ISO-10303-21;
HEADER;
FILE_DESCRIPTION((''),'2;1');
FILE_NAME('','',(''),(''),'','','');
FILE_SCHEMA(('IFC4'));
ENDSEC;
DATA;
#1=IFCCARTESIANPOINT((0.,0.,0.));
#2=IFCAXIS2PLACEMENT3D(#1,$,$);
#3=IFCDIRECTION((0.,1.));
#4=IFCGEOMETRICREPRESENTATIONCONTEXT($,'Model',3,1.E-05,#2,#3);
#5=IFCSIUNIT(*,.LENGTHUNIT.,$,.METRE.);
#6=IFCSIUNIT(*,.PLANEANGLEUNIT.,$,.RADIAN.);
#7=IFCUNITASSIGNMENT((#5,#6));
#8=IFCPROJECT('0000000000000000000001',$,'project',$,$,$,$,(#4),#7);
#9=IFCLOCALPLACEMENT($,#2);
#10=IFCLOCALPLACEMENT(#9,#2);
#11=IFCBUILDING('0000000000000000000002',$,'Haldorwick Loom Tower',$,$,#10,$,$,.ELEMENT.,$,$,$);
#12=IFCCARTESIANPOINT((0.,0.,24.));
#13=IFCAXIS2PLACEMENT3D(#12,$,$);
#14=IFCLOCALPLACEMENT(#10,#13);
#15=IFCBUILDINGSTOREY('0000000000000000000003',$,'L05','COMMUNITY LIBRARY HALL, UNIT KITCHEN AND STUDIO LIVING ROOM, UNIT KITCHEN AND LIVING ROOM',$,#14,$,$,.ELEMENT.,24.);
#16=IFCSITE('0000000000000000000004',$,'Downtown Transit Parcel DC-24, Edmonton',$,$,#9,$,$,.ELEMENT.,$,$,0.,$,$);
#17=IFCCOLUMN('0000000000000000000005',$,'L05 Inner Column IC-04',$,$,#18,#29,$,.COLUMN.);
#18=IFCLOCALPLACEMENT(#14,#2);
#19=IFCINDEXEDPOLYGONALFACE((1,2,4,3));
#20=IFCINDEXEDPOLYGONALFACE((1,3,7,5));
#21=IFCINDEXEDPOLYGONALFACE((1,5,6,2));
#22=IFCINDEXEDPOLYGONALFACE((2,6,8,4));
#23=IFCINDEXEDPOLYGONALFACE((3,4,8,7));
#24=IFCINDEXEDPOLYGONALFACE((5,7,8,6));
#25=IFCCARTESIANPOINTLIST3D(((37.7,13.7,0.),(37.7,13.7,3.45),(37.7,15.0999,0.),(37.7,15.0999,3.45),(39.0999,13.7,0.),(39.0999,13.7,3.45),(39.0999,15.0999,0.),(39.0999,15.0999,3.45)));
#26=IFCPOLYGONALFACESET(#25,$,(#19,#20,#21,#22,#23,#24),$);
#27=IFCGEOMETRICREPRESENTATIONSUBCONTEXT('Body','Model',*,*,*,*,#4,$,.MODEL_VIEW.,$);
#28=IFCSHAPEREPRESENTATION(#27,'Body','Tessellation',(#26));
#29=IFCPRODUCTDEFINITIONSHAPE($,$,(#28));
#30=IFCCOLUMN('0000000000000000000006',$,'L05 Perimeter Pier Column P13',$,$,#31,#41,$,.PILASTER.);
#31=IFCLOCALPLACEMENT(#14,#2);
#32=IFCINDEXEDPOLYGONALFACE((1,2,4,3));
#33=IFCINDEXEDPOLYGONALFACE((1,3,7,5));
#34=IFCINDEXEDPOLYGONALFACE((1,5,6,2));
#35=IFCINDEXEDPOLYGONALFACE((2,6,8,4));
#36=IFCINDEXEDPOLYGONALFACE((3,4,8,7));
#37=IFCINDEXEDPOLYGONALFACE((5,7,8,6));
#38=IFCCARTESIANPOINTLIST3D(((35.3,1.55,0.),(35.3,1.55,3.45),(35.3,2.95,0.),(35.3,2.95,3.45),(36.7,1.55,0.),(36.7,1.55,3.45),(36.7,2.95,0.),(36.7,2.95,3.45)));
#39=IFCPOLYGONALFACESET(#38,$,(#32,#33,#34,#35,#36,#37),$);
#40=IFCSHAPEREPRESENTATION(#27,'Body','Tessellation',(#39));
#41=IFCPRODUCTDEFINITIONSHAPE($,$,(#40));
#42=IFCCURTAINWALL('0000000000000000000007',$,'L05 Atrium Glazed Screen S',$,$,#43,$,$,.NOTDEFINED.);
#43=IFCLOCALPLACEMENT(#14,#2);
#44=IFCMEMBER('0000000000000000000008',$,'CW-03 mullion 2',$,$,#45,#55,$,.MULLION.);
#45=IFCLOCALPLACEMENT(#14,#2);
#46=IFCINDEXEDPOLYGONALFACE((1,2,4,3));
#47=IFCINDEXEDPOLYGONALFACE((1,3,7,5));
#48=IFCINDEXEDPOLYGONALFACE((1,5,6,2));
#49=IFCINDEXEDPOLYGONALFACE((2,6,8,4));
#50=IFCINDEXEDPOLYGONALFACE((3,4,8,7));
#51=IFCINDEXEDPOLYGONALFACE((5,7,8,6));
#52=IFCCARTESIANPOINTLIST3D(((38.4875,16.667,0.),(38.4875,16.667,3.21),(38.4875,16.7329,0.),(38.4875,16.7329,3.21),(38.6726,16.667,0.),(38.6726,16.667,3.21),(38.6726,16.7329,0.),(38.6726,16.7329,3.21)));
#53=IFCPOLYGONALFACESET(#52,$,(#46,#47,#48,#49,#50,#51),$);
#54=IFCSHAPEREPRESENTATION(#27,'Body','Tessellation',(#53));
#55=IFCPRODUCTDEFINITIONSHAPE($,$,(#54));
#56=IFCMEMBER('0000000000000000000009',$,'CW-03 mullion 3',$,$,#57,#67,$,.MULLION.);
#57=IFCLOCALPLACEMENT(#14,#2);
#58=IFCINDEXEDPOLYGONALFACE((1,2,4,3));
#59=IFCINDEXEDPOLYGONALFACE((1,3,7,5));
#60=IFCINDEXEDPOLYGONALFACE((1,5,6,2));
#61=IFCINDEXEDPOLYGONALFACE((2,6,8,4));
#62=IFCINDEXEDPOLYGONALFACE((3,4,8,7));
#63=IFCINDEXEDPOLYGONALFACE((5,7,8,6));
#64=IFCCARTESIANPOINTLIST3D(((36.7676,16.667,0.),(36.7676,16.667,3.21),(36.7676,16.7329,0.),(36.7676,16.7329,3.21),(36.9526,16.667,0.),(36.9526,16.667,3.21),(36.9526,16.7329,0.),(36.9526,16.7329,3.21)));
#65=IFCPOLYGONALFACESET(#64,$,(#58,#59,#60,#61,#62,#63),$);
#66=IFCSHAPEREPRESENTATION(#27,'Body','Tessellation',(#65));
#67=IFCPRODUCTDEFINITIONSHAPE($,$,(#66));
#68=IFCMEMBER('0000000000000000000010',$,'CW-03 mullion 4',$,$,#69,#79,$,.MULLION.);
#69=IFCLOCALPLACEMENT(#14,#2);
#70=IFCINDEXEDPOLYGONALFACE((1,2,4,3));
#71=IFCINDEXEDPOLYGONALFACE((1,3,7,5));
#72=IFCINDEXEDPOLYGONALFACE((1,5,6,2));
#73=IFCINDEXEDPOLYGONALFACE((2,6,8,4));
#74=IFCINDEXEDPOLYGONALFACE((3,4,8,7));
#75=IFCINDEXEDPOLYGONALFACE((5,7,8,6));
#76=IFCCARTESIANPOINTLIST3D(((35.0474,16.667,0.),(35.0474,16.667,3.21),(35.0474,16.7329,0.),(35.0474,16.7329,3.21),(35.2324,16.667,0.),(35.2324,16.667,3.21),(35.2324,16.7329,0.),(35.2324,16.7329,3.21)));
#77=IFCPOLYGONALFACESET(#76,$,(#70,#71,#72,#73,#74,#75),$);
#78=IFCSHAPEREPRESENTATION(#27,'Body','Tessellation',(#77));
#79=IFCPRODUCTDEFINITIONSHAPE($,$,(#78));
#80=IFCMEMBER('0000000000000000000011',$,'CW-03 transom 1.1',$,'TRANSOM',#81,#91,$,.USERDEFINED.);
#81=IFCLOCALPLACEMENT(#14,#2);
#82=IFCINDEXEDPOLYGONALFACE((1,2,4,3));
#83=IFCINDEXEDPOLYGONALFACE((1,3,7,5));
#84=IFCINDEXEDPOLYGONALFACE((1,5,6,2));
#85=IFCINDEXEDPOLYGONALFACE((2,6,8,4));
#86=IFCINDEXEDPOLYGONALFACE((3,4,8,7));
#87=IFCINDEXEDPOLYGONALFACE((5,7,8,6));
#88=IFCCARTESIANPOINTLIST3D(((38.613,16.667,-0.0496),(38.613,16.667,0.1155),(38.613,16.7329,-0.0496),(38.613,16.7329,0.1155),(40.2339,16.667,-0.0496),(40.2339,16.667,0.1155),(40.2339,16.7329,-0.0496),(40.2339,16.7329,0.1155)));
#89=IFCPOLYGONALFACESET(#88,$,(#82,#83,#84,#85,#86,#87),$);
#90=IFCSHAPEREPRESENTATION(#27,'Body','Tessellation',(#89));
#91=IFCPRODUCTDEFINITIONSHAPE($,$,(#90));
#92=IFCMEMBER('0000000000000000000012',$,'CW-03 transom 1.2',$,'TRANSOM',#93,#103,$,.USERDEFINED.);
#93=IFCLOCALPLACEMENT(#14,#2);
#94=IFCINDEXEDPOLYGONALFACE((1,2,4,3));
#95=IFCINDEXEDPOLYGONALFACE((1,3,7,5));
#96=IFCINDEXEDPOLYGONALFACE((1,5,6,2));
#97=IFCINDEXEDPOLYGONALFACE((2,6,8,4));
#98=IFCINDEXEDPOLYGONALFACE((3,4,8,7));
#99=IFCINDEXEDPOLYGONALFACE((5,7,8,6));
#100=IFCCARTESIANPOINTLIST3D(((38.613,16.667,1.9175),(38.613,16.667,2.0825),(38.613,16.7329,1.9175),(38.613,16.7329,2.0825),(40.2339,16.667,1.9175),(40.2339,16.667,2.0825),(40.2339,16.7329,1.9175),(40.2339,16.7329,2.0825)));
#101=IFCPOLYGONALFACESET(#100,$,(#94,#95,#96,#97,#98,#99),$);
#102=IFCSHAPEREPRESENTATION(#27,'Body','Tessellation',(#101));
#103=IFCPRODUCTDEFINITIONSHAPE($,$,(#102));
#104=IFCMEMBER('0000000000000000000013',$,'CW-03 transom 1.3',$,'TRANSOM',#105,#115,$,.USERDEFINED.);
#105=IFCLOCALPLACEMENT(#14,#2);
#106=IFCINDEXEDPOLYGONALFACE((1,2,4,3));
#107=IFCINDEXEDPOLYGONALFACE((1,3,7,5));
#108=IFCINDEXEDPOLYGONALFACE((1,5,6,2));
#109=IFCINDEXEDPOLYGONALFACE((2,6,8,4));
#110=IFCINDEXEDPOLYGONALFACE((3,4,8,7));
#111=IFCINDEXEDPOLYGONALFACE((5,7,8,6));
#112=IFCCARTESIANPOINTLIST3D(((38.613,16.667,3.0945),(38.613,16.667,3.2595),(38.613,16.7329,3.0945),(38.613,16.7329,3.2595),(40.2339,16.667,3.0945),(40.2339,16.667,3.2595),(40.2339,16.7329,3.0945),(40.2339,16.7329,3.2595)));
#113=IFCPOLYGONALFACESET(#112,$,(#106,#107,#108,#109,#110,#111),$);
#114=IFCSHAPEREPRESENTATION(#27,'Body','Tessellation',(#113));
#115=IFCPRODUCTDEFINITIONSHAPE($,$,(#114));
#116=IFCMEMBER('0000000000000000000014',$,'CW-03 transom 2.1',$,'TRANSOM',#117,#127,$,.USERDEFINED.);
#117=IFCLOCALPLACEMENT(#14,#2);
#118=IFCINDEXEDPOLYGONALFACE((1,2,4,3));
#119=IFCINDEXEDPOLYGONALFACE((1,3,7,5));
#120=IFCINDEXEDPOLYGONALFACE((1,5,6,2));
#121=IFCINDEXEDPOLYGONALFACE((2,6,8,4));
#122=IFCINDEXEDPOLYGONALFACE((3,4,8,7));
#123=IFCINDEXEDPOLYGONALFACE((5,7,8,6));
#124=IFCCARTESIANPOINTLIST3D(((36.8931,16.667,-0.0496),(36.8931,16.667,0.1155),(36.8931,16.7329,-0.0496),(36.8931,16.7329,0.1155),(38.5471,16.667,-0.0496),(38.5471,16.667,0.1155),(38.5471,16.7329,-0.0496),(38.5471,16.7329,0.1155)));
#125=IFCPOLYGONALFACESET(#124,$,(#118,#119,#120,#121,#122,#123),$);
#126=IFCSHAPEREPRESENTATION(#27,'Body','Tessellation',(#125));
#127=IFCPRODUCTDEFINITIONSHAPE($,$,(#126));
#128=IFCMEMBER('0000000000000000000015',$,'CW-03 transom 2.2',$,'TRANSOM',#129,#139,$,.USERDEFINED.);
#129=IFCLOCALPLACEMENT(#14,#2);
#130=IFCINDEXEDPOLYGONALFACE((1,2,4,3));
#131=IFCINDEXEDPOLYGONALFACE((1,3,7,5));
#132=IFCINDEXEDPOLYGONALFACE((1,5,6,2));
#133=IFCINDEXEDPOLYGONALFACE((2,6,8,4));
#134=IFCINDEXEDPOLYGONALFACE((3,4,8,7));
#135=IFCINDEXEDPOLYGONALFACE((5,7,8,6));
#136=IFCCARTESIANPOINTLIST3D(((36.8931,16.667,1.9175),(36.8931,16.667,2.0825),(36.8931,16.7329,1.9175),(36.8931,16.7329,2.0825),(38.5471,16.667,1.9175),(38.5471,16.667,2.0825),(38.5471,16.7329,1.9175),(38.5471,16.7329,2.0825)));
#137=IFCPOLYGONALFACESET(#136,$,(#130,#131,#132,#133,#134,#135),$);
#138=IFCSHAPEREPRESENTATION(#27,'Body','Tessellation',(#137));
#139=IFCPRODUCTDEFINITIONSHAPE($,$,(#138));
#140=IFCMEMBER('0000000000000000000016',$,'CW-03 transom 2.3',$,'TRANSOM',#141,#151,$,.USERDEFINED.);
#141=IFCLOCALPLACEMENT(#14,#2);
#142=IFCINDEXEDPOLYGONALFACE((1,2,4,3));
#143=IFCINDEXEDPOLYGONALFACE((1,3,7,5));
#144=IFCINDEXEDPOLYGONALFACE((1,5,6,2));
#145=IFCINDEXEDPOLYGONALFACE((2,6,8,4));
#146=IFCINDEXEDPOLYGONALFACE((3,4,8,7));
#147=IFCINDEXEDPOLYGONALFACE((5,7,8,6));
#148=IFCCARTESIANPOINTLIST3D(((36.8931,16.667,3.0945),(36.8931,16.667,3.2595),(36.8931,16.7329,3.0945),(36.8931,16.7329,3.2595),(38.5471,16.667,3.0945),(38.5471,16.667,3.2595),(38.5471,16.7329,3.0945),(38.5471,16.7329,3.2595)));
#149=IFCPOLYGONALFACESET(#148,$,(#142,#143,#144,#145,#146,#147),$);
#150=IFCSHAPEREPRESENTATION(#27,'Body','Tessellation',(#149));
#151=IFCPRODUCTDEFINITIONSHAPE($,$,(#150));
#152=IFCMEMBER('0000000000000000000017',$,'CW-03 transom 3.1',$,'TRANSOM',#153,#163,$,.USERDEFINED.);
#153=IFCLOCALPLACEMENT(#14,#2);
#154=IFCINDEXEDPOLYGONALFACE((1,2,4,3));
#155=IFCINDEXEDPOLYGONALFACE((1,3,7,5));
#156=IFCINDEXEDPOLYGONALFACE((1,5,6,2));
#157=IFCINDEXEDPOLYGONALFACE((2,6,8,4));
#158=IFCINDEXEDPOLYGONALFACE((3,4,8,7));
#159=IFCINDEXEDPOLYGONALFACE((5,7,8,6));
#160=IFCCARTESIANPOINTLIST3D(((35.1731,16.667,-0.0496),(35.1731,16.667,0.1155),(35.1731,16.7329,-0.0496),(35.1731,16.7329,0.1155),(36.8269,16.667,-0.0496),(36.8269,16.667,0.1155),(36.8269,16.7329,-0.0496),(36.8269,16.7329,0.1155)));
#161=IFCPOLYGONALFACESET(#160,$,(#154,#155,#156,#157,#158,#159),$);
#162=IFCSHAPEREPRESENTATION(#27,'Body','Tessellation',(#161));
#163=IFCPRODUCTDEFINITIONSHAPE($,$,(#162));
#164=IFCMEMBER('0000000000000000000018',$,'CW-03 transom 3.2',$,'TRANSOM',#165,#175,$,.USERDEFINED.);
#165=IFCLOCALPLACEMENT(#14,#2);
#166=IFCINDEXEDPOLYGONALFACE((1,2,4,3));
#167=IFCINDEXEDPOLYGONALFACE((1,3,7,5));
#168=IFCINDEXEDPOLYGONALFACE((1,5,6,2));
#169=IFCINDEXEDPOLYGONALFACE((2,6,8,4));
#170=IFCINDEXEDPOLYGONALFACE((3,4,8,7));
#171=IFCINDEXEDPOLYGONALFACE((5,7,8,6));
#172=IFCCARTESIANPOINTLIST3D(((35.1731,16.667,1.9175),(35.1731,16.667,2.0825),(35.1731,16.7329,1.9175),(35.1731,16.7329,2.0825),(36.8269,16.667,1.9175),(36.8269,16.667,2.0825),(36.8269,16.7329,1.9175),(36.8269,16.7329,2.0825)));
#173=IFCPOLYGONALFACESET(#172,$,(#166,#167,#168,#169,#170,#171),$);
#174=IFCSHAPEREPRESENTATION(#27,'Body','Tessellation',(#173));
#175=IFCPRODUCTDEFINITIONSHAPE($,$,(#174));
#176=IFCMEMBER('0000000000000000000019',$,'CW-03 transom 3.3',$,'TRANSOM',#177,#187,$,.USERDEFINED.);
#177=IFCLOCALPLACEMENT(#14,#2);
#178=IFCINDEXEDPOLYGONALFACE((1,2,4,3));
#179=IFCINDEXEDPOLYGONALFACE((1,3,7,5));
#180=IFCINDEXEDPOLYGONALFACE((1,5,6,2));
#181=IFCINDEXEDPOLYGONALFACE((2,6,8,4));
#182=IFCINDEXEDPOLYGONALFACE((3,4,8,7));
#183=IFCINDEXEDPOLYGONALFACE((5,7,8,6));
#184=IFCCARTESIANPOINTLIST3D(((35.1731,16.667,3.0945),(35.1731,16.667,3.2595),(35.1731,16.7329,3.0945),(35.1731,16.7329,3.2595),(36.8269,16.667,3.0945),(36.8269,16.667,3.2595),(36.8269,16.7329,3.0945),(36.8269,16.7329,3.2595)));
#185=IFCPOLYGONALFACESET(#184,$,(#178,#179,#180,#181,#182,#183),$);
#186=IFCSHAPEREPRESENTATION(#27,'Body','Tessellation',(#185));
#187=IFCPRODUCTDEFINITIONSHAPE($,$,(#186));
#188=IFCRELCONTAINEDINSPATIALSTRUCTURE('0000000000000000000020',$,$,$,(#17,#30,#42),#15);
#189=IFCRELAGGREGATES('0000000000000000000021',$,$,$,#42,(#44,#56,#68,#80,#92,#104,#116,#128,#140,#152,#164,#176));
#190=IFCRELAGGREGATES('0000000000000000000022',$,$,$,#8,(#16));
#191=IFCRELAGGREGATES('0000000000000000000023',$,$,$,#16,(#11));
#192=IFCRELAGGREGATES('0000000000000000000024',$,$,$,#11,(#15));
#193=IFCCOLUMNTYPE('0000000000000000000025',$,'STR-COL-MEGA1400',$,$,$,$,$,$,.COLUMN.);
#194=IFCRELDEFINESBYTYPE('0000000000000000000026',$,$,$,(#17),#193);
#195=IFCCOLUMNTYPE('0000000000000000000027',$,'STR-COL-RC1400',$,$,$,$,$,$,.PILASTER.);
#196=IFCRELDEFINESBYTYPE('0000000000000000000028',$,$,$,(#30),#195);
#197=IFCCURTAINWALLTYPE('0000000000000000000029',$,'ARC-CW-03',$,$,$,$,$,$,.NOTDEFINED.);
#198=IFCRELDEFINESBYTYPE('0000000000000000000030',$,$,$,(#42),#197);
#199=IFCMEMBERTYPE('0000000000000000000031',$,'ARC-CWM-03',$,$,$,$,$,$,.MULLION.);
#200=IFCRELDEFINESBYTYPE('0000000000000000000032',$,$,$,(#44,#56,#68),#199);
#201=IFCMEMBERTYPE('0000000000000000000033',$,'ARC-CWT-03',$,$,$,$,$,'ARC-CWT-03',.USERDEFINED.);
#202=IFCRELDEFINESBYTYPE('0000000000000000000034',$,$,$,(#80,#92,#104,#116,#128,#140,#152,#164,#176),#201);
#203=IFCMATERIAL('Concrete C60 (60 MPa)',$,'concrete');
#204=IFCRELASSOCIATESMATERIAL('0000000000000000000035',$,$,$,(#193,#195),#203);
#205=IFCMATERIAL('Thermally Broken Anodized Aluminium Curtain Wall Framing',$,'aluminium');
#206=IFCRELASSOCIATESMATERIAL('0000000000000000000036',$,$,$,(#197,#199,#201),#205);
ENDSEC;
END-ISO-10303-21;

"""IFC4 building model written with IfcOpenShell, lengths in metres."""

from ifc_helpers import new_model, si_unit, direction, frame, origin, origin_2d, place, context, subcontext, project, spatial, rectangle, extrude, material, material_profile, profile_set, type_object, element, aggregate, save


model = new_model("IFC4")

# Units and contexts
model_context = context("Model", 3, precision=1e-05, world=origin(), true_north=direction((0.0, 1.0)))
body_context = subcontext(model_context, "Body", "Model", "MODEL_VIEW")
ifc_project = project(units=[si_unit("LENGTHUNIT", "METRE"), si_unit("PLANEANGLEUNIT", "RADIAN")], contexts=[model_context])

# Site, building, storey
site_placement = place(None, origin())
site = spatial("IfcSite", under=ifc_project, at=site_placement, Name="Downtown Transit Parcel DC-24, Edmonton", CompositionType="ELEMENT", RefElevation=0.0)
building_placement = place(site_placement, origin())
building = spatial("IfcBuilding", under=site, at=building_placement, Name="Haldorwick Loom Tower", CompositionType="ELEMENT")
storey_placement = place(building_placement, frame((0.0, 0.0, 24.0)))
storey = spatial("IfcBuildingStorey", under=building, at=storey_placement, Name="L05", Description="COMMUNITY LIBRARY HALL, UNIT KITCHEN AND STUDIO LIVING ROOM, UNIT KITCHEN AND LIVING ROOM", CompositionType="ELEMENT", Elevation=24.0)

# Columns
ifc_material_1 = material(Name="Concrete C60 (60 MPa)", Category="concrete")
ifc_material_profile_1 = material_profile(ifc_material_1, rectangle(XDim=1.3999, YDim=1.3999, at=origin_2d()), Name="RC1400X1400", Category="concrete")
ifc_profile_set_1 = profile_set([ifc_material_profile_1], Name="Concrete C60 (60 MPa)")
column_type_1 = type_object("IfcColumnType", Name="STR-COL-MEGA1400", PredefinedType="COLUMN", material=ifc_profile_set_1)
column_1_placement = place(storey_placement, frame((38.3999, 14.3999, 0.0), z_axis=(0.0, 0.0, 1.0), x_axis=(1.0, 0.0, 0.0)))
element("IfcColumn", 1, at=column_1_placement, inside=storey, type_object=column_type_1, Name="L05 Inner Column IC-04", PredefinedType="COLUMN", context=body_context, shape_type="SweptSolid", body=[
    extrude(rectangle(XDim=1.3999, YDim=1.3999, at=origin_2d()), origin(), (0.0, 0.0, 1.0), 3.45),
])
ifc_material_profile_2 = material_profile(ifc_material_1, rectangle(XDim=1.3999, YDim=1.3999, at=origin_2d()), Name="RC1400X1400", Category="concrete")
ifc_profile_set_2 = profile_set([ifc_material_profile_2], Name="Concrete C60 (60 MPa)")
column_type_2 = type_object("IfcColumnType", Name="STR-COL-RC1400", PredefinedType="PILASTER", material=ifc_profile_set_2)
column_2_placement = place(storey_placement, frame((36.0, 2.25, 0.0), z_axis=(0.0, 0.0, 1.0), x_axis=(0.0, -1.0, 0.0)))
element("IfcColumn", 2, at=column_2_placement, inside=storey, type_object=column_type_2, Name="L05 Perimeter Pier Column P13", PredefinedType="PILASTER", context=body_context, shape_type="SweptSolid", body=[
    extrude(rectangle(XDim=1.3999, YDim=1.3999, at=origin_2d()), origin(), (0.0, 0.0, 1.0), 3.45),
])

# Curtain wall, members
ifc_material_2 = material(Name="Thermally Broken Anodized Aluminium Curtain Wall Framing", Category="aluminium")
curtain_wall_type = type_object("IfcCurtainWallType", Name="ARC-CW-03", PredefinedType="NOTDEFINED", material=ifc_material_2)
curtain_wall_placement = place(storey_placement, origin())
curtain_wall = element("IfcCurtainWall", 3, at=curtain_wall_placement, inside=storey, type_object=curtain_wall_type, Name="L05 Atrium Glazed Screen S", PredefinedType="NOTDEFINED")
ifc_material_profile_3 = material_profile(ifc_material_2, rectangle(XDim=0.0659, YDim=0.1851, at=origin_2d()), Name="ALU_MUL_66X185", Category="aluminium")
ifc_profile_set_3 = profile_set([ifc_material_profile_3], Name="Thermally Broken Anodized Aluminium Curtain Wall Framing")
member_type_1 = type_object("IfcMemberType", Name="ARC-CWM-03", PredefinedType="MULLION", material=ifc_profile_set_3)
member_1_placement = place(storey_placement, frame((38.5801, 16.7, 0.0), z_axis=(0.0, 0.0, 1.0), x_axis=(0.0, -1.0, 0.0)))
member_1 = element("IfcMember", 4, at=member_1_placement, type_object=member_type_1, Name="CW-03 mullion 2", PredefinedType="MULLION", context=body_context, shape_type="SweptSolid", body=[
    extrude(rectangle(XDim=0.0659, YDim=0.1851, at=origin_2d()), origin(), (0.0, 0.0, 1.0), 3.21),
])
member_2_placement = place(storey_placement, frame((36.8601, 16.7, 0.0), z_axis=(0.0, 0.0, 1.0), x_axis=(0.0, -1.0, 0.0)))
member_2 = element("IfcMember", 5, at=member_2_placement, type_object=member_type_1, Name="CW-03 mullion 3", PredefinedType="MULLION", context=body_context, shape_type="SweptSolid", body=[
    extrude(rectangle(XDim=0.0659, YDim=0.1851, at=origin_2d()), origin(), (0.0, 0.0, 1.0), 3.21),
])
member_3_placement = place(storey_placement, frame((35.1399, 16.7, 0.0), z_axis=(0.0, 0.0, 1.0), x_axis=(0.0, -1.0, 0.0)))
member_3 = element("IfcMember", 6, at=member_3_placement, type_object=member_type_1, Name="CW-03 mullion 4", PredefinedType="MULLION", context=body_context, shape_type="SweptSolid", body=[
    extrude(rectangle(XDim=0.0659, YDim=0.1851, at=origin_2d()), origin(), (0.0, 0.0, 1.0), 3.21),
])
ifc_material_profile_4 = material_profile(ifc_material_2, rectangle(XDim=0.0659, YDim=0.165, at=origin_2d()), Name="ALU_TRN_66X165", Category="aluminium")
ifc_profile_set_4 = profile_set([ifc_material_profile_4], Name="Thermally Broken Anodized Aluminium Curtain Wall Framing")
member_type_2 = type_object("IfcMemberType", Name="ARC-CWT-03", ElementType="ARC-CWT-03", PredefinedType="USERDEFINED", material=ifc_profile_set_4)
member_4_placement = place(storey_placement, frame((40.2339, 16.7, 0.033), z_axis=(-1.0, 0.0, 0.0), x_axis=(0.0, -1.0, 0.0)))
member_4 = element("IfcMember", 7, at=member_4_placement, type_object=member_type_2, Name="CW-03 transom 1.1", ObjectType="TRANSOM", PredefinedType="USERDEFINED", context=body_context, shape_type="SweptSolid", body=[
    extrude(rectangle(XDim=0.0659, YDim=0.165, at=origin_2d()), origin(), (0.0, 0.0, 1.0), 1.6208),
])
member_5_placement = place(storey_placement, frame((40.2339, 16.7, 2.0), z_axis=(-1.0, 0.0, 0.0), x_axis=(0.0, -1.0, 0.0)))
member_5 = element("IfcMember", 8, at=member_5_placement, type_object=member_type_2, Name="CW-03 transom 1.2", ObjectType="TRANSOM", PredefinedType="USERDEFINED", context=body_context, shape_type="SweptSolid", body=[
    extrude(rectangle(XDim=0.0659, YDim=0.165, at=origin_2d()), origin(), (0.0, 0.0, 1.0), 1.6208),
])
member_6_placement = place(storey_placement, frame((40.2339, 16.7, 3.177), z_axis=(-1.0, 0.0, 0.0), x_axis=(0.0, -1.0, 0.0)))
member_6 = element("IfcMember", 9, at=member_6_placement, type_object=member_type_2, Name="CW-03 transom 1.3", ObjectType="TRANSOM", PredefinedType="USERDEFINED", context=body_context, shape_type="SweptSolid", body=[
    extrude(rectangle(XDim=0.0659, YDim=0.165, at=origin_2d()), origin(), (0.0, 0.0, 1.0), 1.6208),
])
member_7_placement = place(storey_placement, frame((38.5471, 16.7, 0.033), z_axis=(-1.0, 0.0, 0.0), x_axis=(0.0, -1.0, 0.0)))
member_7 = element("IfcMember", 10, at=member_7_placement, type_object=member_type_2, Name="CW-03 transom 2.1", ObjectType="TRANSOM", PredefinedType="USERDEFINED", context=body_context, shape_type="SweptSolid", body=[
    extrude(rectangle(XDim=0.0659, YDim=0.165, at=origin_2d()), origin(), (0.0, 0.0, 1.0), 1.6541),
])
member_8_placement = place(storey_placement, frame((38.5471, 16.7, 2.0), z_axis=(-1.0, 0.0, 0.0), x_axis=(0.0, -1.0, 0.0)))
member_8 = element("IfcMember", 11, at=member_8_placement, type_object=member_type_2, Name="CW-03 transom 2.2", ObjectType="TRANSOM", PredefinedType="USERDEFINED", context=body_context, shape_type="SweptSolid", body=[
    extrude(rectangle(XDim=0.0659, YDim=0.165, at=origin_2d()), origin(), (0.0, 0.0, 1.0), 1.6541),
])
member_9_placement = place(storey_placement, frame((38.5471, 16.7, 3.177), z_axis=(-1.0, 0.0, 0.0), x_axis=(0.0, -1.0, 0.0)))
member_9 = element("IfcMember", 12, at=member_9_placement, type_object=member_type_2, Name="CW-03 transom 2.3", ObjectType="TRANSOM", PredefinedType="USERDEFINED", context=body_context, shape_type="SweptSolid", body=[
    extrude(rectangle(XDim=0.0659, YDim=0.165, at=origin_2d()), origin(), (0.0, 0.0, 1.0), 1.6541),
])
member_10_placement = place(storey_placement, frame((36.8269, 16.7, 0.033), z_axis=(-1.0, 0.0, 0.0), x_axis=(0.0, -1.0, 0.0)))
member_10 = element("IfcMember", 13, at=member_10_placement, type_object=member_type_2, Name="CW-03 transom 3.1", ObjectType="TRANSOM", PredefinedType="USERDEFINED", context=body_context, shape_type="SweptSolid", body=[
    extrude(rectangle(XDim=0.0659, YDim=0.165, at=origin_2d()), origin(), (0.0, 0.0, 1.0), 1.6538),
])
member_11_placement = place(storey_placement, frame((36.8269, 16.7, 2.0), z_axis=(-1.0, 0.0, 0.0), x_axis=(0.0, -1.0, 0.0)))
member_11 = element("IfcMember", 14, at=member_11_placement, type_object=member_type_2, Name="CW-03 transom 3.2", ObjectType="TRANSOM", PredefinedType="USERDEFINED", context=body_context, shape_type="SweptSolid", body=[
    extrude(rectangle(XDim=0.0659, YDim=0.165, at=origin_2d()), origin(), (0.0, 0.0, 1.0), 1.6538),
])
member_12_placement = place(storey_placement, frame((36.8269, 16.7, 3.177), z_axis=(-1.0, 0.0, 0.0), x_axis=(0.0, -1.0, 0.0)))
member_12 = element("IfcMember", 15, at=member_12_placement, type_object=member_type_2, Name="CW-03 transom 3.3", ObjectType="TRANSOM", PredefinedType="USERDEFINED", context=body_context, shape_type="SweptSolid", body=[
    extrude(rectangle(XDim=0.0659, YDim=0.165, at=origin_2d()), origin(), (0.0, 0.0, 1.0), 1.6538),
])

aggregate(curtain_wall, [member_1, member_2, member_3, member_4, member_5, member_6, member_7, member_8, member_9, member_10, member_11, member_12])

save(model, "model.ifc")
